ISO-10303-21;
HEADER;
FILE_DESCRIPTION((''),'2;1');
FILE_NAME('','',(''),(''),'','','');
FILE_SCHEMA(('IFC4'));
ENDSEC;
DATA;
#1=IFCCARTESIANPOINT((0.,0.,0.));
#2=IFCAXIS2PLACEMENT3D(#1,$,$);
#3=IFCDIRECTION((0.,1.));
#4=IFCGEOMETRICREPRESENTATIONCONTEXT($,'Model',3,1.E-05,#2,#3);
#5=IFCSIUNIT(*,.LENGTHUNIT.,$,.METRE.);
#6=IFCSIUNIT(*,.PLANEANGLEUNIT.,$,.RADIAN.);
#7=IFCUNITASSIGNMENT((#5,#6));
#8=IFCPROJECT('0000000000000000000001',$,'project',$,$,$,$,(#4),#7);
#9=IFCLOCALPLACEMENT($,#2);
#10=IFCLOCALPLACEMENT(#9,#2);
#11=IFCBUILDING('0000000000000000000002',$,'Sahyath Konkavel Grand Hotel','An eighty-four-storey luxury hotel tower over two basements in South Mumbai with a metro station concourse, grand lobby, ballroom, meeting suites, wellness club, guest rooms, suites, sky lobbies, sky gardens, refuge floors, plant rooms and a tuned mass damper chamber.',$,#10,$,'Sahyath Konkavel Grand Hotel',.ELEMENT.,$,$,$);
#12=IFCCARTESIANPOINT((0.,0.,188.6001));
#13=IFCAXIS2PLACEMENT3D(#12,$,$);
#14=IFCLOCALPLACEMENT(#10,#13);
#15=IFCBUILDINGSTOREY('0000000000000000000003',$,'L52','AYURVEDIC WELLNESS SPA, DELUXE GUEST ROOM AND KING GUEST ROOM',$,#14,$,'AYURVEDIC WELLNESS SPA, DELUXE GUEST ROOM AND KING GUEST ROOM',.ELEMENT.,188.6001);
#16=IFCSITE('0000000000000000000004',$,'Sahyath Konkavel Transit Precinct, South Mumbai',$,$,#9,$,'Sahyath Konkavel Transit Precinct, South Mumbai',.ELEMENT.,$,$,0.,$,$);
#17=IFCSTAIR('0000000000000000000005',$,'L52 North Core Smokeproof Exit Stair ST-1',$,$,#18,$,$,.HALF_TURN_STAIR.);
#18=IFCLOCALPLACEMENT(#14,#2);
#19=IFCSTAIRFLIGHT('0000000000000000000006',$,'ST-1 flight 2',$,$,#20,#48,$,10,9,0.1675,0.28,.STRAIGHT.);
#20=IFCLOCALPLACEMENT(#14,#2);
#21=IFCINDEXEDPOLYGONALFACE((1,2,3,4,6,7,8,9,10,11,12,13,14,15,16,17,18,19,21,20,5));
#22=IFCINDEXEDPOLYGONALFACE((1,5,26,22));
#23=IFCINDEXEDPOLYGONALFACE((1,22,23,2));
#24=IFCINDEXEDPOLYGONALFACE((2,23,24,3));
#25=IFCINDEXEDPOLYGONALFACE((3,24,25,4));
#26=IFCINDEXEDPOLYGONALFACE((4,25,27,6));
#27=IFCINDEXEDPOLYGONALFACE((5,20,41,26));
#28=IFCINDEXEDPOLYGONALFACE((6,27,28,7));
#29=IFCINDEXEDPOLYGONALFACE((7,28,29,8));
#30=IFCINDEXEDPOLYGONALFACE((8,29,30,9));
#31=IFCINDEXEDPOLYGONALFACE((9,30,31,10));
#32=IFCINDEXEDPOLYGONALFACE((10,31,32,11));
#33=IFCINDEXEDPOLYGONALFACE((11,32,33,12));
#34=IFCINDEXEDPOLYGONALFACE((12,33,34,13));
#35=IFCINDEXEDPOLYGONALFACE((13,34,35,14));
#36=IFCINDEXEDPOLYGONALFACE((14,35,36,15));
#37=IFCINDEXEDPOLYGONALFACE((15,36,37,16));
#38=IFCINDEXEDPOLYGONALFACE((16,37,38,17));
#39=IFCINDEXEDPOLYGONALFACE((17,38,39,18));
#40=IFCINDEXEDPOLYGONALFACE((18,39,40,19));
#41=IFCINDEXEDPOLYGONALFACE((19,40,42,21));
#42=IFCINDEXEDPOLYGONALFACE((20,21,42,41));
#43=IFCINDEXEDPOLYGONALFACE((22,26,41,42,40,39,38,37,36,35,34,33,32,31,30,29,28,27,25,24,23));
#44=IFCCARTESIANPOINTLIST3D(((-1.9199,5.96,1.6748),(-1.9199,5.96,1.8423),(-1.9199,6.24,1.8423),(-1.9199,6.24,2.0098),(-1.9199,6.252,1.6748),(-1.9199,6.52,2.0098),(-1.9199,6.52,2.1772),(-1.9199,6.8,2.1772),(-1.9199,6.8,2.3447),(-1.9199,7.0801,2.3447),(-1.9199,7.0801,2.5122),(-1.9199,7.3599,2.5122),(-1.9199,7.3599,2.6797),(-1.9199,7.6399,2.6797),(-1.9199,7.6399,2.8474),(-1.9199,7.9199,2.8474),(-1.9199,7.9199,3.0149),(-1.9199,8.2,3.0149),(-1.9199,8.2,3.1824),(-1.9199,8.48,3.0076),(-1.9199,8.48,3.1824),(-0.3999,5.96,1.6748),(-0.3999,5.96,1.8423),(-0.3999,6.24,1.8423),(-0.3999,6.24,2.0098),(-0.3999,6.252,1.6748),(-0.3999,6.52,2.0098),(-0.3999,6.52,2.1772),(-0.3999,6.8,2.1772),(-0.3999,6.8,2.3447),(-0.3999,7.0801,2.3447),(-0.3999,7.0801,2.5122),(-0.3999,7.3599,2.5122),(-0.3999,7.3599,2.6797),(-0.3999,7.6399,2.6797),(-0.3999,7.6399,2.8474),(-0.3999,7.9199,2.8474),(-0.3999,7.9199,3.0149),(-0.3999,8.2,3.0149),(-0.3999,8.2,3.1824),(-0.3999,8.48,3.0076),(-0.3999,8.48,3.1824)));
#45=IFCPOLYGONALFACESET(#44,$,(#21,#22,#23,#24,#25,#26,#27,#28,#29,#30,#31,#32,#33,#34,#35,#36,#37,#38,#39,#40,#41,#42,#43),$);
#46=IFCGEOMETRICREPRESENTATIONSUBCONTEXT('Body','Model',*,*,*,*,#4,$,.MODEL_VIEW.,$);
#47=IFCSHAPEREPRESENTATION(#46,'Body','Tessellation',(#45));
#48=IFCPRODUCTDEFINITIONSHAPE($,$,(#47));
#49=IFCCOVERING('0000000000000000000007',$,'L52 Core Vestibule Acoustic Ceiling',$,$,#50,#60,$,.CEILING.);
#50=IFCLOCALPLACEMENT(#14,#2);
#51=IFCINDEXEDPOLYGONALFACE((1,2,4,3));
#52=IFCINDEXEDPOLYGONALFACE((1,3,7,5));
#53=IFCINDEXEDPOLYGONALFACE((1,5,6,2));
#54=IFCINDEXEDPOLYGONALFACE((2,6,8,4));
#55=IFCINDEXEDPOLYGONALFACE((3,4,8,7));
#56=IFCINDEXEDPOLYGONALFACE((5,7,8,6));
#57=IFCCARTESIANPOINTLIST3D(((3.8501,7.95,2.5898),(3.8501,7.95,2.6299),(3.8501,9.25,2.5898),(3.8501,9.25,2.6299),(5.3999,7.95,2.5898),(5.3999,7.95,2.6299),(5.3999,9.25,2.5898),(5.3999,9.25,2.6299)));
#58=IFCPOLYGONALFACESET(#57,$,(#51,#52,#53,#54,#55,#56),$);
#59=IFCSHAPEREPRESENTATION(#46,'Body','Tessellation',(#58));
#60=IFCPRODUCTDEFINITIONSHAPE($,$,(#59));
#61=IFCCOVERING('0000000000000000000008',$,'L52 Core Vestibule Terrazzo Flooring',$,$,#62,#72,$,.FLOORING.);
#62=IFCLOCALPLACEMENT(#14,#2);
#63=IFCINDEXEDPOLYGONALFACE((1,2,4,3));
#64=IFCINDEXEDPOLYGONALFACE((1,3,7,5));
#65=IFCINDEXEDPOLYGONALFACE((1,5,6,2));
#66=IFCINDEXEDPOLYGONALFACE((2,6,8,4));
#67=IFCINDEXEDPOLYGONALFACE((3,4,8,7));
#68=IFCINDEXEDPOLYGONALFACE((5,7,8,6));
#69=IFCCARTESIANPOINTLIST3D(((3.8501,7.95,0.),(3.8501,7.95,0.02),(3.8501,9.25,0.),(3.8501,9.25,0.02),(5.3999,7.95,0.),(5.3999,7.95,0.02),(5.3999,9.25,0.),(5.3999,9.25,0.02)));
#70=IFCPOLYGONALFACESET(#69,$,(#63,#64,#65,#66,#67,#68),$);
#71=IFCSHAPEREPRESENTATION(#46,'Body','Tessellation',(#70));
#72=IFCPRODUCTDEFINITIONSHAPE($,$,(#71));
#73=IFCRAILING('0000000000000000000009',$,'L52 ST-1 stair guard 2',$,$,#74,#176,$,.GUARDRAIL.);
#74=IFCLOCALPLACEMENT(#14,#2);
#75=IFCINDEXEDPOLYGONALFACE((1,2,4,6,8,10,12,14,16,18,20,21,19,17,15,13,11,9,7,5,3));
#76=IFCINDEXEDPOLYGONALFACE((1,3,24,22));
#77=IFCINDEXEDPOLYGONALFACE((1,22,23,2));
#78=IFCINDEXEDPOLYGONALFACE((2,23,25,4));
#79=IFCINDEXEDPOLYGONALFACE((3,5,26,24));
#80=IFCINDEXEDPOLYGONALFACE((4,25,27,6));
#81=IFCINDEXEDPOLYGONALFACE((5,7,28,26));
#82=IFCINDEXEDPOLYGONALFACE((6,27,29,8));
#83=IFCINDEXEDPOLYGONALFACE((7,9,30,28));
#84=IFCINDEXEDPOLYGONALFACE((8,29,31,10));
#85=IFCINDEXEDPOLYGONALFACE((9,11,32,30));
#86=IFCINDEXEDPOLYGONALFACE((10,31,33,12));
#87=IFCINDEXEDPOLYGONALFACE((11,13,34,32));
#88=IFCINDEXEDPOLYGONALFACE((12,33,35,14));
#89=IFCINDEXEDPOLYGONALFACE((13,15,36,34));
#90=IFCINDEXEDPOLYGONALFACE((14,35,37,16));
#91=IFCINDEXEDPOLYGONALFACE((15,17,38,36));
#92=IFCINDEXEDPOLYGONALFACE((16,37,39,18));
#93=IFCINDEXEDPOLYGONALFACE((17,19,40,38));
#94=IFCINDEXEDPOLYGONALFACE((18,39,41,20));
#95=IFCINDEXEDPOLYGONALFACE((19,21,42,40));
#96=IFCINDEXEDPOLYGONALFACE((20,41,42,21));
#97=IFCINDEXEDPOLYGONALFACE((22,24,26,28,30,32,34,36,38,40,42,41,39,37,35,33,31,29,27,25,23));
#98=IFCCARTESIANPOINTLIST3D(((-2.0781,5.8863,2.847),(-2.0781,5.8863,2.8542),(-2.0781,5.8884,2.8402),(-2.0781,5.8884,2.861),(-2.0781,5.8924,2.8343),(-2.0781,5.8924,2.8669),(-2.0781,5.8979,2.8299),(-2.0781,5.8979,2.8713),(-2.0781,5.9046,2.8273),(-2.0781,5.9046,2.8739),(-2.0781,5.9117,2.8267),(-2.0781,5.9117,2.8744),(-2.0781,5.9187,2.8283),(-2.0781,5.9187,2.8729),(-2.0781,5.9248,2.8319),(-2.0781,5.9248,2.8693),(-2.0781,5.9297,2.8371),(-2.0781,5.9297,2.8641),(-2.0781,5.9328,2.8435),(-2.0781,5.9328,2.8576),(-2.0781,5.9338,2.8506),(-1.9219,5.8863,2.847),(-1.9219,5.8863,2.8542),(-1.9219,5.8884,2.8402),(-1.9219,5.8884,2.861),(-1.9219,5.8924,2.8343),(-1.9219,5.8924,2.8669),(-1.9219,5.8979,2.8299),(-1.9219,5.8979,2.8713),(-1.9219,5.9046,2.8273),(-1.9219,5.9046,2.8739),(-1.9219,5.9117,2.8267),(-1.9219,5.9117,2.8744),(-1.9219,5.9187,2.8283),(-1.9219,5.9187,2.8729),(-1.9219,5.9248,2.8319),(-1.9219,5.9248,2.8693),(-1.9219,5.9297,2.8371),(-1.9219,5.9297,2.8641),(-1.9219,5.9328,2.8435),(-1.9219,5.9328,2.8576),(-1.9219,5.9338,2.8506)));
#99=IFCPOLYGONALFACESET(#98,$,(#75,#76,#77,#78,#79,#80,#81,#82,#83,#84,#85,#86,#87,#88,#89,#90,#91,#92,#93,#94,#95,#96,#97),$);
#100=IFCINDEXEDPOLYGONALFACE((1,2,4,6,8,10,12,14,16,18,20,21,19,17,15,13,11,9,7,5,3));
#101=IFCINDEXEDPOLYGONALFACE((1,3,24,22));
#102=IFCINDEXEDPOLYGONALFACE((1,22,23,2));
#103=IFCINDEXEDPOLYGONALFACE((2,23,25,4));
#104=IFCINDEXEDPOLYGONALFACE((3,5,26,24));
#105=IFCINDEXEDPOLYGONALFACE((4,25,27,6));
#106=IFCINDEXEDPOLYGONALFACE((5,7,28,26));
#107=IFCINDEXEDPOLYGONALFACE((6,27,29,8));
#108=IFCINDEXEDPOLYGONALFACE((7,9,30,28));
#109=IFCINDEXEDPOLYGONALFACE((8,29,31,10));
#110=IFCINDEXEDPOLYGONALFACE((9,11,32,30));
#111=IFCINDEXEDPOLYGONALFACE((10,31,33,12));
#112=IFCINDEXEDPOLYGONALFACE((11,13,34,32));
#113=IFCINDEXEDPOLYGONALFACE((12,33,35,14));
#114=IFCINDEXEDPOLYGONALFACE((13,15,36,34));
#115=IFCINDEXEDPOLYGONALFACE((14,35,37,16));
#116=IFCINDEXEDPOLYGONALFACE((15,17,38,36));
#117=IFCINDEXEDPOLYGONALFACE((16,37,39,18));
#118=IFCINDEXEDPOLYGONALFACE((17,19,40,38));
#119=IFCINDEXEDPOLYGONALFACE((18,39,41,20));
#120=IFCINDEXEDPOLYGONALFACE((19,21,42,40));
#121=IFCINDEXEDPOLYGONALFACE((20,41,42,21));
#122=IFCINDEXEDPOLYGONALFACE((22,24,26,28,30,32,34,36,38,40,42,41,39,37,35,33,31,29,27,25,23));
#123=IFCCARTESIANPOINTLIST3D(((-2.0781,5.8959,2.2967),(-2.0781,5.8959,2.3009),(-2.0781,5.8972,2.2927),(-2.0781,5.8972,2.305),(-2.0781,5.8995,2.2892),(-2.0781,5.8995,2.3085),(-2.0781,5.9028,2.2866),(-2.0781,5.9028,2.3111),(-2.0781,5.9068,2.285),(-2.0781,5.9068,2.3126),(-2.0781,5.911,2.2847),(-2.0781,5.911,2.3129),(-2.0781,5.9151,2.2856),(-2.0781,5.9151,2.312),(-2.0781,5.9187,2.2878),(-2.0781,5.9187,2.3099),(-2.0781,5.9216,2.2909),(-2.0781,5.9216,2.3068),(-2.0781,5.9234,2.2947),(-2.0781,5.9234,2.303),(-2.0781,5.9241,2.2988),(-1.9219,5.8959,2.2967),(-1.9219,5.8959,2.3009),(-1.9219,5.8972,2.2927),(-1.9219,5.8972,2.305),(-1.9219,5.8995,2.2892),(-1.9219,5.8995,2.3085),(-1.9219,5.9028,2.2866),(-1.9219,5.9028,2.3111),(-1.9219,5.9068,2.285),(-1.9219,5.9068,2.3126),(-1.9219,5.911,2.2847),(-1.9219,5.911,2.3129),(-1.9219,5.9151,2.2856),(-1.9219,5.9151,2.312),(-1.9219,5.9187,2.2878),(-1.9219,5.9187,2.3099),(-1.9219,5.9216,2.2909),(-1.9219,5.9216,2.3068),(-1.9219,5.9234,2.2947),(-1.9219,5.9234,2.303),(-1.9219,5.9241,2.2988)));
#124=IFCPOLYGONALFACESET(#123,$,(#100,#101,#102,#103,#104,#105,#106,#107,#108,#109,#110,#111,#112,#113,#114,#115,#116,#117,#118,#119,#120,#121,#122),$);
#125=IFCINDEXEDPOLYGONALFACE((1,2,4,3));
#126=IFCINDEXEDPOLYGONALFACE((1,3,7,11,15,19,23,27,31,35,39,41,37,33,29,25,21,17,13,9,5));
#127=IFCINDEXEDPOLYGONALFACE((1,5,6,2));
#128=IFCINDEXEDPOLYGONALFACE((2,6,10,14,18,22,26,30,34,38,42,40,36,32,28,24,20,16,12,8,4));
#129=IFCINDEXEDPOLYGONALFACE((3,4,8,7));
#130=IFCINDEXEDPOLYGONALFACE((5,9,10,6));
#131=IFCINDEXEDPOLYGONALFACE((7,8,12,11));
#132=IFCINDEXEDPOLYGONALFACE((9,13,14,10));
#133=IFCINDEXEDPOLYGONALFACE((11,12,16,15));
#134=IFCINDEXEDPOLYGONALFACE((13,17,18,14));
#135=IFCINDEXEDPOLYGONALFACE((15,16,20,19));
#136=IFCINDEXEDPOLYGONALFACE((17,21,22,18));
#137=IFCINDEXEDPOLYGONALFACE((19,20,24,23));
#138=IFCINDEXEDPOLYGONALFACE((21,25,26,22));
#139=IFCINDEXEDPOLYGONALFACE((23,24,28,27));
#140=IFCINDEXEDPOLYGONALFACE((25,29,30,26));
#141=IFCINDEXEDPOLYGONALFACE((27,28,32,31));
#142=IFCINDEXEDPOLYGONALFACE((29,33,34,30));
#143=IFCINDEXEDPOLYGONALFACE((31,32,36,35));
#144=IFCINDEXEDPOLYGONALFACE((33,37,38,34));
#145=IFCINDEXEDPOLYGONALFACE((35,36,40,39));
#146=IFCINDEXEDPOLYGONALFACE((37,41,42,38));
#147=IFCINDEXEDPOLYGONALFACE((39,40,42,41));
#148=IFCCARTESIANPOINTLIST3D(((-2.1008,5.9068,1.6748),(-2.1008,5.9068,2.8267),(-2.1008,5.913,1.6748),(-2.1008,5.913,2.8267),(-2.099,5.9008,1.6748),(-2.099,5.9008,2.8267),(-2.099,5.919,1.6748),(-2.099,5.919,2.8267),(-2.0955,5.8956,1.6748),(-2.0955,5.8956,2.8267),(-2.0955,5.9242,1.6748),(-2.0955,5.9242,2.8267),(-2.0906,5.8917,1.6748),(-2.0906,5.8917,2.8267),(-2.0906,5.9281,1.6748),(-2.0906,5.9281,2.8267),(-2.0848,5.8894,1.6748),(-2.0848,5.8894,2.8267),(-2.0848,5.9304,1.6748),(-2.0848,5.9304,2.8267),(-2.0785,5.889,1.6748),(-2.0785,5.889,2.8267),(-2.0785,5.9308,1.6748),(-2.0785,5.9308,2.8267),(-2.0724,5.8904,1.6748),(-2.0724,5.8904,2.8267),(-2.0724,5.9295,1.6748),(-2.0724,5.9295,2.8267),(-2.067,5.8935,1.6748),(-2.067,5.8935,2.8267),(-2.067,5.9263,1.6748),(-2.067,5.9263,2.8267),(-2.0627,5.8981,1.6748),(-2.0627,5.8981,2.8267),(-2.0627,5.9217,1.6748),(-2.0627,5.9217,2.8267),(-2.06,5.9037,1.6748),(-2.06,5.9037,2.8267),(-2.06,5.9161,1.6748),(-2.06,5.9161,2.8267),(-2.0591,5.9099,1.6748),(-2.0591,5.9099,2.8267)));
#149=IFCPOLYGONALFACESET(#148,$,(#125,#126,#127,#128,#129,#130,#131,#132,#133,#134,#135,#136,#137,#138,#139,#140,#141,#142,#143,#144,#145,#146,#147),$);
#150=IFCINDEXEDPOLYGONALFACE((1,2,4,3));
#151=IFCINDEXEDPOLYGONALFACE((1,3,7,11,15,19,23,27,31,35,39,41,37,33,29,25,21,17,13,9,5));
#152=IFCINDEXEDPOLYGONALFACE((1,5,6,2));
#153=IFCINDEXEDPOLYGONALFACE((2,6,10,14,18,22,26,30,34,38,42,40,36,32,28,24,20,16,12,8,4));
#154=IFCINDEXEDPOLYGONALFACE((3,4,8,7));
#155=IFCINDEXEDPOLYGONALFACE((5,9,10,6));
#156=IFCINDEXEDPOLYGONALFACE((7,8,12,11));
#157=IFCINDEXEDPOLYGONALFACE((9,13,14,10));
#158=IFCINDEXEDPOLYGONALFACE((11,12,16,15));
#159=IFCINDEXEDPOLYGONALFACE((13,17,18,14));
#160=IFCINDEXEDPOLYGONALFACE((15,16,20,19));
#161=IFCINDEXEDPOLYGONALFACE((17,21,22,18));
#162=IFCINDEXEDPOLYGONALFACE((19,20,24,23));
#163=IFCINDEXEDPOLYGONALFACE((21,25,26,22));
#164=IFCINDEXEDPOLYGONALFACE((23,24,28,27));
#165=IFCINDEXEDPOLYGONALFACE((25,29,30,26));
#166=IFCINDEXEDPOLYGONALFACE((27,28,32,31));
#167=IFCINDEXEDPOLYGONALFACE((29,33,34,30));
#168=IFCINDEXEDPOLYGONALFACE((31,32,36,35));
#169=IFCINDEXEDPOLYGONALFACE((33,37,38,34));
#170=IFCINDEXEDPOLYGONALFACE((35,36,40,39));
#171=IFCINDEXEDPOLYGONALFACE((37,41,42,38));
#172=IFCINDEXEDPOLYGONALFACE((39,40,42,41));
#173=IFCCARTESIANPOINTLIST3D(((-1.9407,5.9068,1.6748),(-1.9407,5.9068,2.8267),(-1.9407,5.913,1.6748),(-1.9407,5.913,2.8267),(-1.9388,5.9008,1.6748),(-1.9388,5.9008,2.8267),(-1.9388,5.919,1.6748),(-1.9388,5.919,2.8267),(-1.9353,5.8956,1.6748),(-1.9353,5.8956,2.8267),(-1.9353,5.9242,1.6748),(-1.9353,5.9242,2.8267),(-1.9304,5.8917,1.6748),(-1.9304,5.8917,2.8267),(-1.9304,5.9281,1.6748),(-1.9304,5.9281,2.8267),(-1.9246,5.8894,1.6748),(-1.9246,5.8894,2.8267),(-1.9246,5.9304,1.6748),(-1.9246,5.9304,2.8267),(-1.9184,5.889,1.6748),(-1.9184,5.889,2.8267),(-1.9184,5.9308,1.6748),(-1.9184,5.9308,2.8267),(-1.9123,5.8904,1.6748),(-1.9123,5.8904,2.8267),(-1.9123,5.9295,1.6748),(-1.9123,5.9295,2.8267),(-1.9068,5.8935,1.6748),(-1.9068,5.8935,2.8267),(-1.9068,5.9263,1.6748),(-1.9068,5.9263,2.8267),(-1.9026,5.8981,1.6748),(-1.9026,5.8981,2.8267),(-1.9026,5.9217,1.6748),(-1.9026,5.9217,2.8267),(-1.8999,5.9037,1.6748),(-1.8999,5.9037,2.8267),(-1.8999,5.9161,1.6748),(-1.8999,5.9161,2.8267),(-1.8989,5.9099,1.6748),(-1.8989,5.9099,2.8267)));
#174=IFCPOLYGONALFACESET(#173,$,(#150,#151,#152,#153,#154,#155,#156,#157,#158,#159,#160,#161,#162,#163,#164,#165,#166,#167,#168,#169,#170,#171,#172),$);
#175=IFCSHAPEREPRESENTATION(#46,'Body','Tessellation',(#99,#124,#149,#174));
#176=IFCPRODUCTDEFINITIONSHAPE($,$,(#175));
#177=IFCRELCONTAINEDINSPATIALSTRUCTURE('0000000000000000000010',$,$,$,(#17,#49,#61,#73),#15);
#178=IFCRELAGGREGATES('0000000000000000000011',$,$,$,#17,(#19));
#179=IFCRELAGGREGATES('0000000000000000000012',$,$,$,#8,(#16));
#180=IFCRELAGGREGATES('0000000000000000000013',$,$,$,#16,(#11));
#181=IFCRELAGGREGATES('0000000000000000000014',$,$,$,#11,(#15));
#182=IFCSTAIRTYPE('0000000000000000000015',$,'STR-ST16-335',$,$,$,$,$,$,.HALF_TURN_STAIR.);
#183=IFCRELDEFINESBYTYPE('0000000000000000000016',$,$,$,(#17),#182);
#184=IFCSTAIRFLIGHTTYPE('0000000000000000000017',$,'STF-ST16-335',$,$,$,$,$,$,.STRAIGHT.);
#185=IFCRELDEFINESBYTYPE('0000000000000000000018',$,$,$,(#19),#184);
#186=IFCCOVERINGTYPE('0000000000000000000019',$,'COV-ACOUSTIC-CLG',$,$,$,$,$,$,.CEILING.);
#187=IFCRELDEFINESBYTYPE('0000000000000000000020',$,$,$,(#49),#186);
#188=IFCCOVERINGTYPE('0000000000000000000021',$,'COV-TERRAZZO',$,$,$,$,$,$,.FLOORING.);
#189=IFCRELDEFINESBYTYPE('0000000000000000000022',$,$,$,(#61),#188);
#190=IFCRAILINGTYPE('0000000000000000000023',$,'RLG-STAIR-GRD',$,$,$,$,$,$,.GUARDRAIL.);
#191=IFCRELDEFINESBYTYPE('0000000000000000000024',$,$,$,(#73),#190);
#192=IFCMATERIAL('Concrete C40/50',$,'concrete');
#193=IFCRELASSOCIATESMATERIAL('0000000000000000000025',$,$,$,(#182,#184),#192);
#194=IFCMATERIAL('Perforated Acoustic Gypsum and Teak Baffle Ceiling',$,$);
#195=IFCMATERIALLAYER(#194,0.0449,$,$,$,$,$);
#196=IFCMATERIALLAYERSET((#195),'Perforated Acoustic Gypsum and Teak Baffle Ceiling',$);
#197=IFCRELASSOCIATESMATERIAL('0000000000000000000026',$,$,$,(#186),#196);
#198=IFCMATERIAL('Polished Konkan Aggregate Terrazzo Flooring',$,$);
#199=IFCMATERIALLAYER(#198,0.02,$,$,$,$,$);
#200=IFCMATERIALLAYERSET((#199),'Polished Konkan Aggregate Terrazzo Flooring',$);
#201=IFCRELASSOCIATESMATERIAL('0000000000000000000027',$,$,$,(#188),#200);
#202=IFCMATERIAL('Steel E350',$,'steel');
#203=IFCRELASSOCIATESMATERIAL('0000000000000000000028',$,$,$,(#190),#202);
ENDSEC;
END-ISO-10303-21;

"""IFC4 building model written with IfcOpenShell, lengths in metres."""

from ifc_helpers import new_model, si_unit, direction, frame, origin, origin_2d, place, context, subcontext, project, spatial, polyline, circle, outline, extrude, material, layer, layer_set, type_object, element, aggregate, save


model = new_model("IFC4")

# Units and contexts
model_context = context("Model", 3, precision=1e-05, world=origin(), true_north=direction((0.0, 1.0)))
body_context = subcontext(model_context, "Body", "Model", "MODEL_VIEW")
ifc_project = project(units=[si_unit("LENGTHUNIT", "METRE"), si_unit("PLANEANGLEUNIT", "RADIAN")], contexts=[model_context])

# Site, building, storey
site_placement = place(None, origin())
site = spatial("IfcSite", under=ifc_project, at=site_placement, Name="Sahyath Konkavel Transit Precinct, South Mumbai", LongName="Sahyath Konkavel Transit Precinct, South Mumbai", CompositionType="ELEMENT", RefElevation=0.0)
building_placement = place(site_placement, origin())
building = spatial("IfcBuilding", under=site, at=building_placement, Name="Sahyath Konkavel Grand Hotel", Description="An eighty-four-storey luxury hotel tower over two basements in South Mumbai with a metro station concourse, grand lobby, ballroom, meeting suites, wellness club, guest rooms, suites, sky lobbies, sky gardens, refuge floors, plant rooms and a tuned mass damper chamber.", LongName="Sahyath Konkavel Grand Hotel", CompositionType="ELEMENT")
storey_placement = place(building_placement, frame((0.0, 0.0, 188.6001)))
storey = spatial("IfcBuildingStorey", under=building, at=storey_placement, Name="L52", Description="AYURVEDIC WELLNESS SPA, DELUXE GUEST ROOM AND KING GUEST ROOM", LongName="AYURVEDIC WELLNESS SPA, DELUXE GUEST ROOM AND KING GUEST ROOM", CompositionType="ELEMENT", Elevation=188.6001)

# Shared definitions
ifc_material_1 = material(Name="Steel E350", Category="steel")

# Shared definitions
ifc_material_2 = material(Name="Concrete C40/50", Category="concrete")

# Stair, stair flight
stair_type = type_object("IfcStairType", Name="STR-ST16-335", PredefinedType="HALF_TURN_STAIR", material=ifc_material_2)
stair_placement = place(storey_placement, origin())
stair = element("IfcStair", 1, at=stair_placement, inside=storey, type_object=stair_type, Name="L52 North Core Smokeproof Exit Stair ST-1", PredefinedType="HALF_TURN_STAIR")
stair_flight_type = type_object("IfcStairFlightType", Name="STF-ST16-335", PredefinedType="STRAIGHT", material=ifc_material_2)
stair_flight_placement = place(storey_placement, frame((-1.1599, 5.96, 1.6748), z_axis=(0.0, 0.0, 1.0), x_axis=(0.0, 1.0, 0.0)))
stair_flight = element("IfcStairFlight", 2, at=stair_flight_placement, type_object=stair_flight_type, Name="ST-1 flight 2", NumberOfRisers=10, NumberOfTreads=9, PredefinedType="STRAIGHT", RiserHeight=0.1675, TreadLength=0.28, context=body_context, shape_type="SweptSolid", body=[
    extrude(outline(polyline([(0.0, 0.0), (0.0, 0.1675), (0.28, 0.1675), (0.28, 0.335), (0.5601, 0.335), (0.5601, 0.5024), (0.8401, 0.5024), (0.8401, 0.6699), (1.1201, 0.6699), (1.1201, 0.8374), (1.3999, 0.8374), (1.3999, 1.0049), (1.6799, 1.0049), (1.6799, 1.1726), (1.96, 1.1726), (1.96, 1.3401), (2.24, 1.3401), (2.24, 1.5076), (2.52, 1.5076), (2.52, 1.675), (2.52, 1.3328), (0.292, 0.0), (0.0, 0.0)])), frame((0.0, 0.76, 0.0), z_axis=(0.0, -1.0, 0.0), x_axis=(1.0, 0.0, 0.0)), (0.0, 0.0, 1.0), 1.52),
])
aggregate(stair, [stair_flight])

# Coverings
ifc_material_3 = material(Name="Perforated Acoustic Gypsum and Teak Baffle Ceiling")
ifc_layer_1 = layer(ifc_material_3, 0.0449)
ifc_layer_set_1 = layer_set([ifc_layer_1], Name="Perforated Acoustic Gypsum and Teak Baffle Ceiling")
covering_type_1 = type_object("IfcCoveringType", Name="COV-ACOUSTIC-CLG", PredefinedType="CEILING", material=ifc_layer_set_1)
covering_1_placement = place(storey_placement, frame((0.0, 0.0, 2.5898)))
element("IfcCovering", 3, at=covering_1_placement, inside=storey, type_object=covering_type_1, Name="L52 Core Vestibule Acoustic Ceiling", PredefinedType="CEILING", context=body_context, shape_type="SweptSolid", body=[
    extrude(outline(polyline([(3.8501, 7.95), (5.3999, 7.95), (5.3999, 9.25), (3.8501, 9.25), (3.8501, 7.95)])), origin(), (0.0, 0.0, 1.0), 0.04),
])
ifc_material_4 = material(Name="Polished Konkan Aggregate Terrazzo Flooring")
ifc_layer_2 = layer(ifc_material_4, 0.02)
ifc_layer_set_2 = layer_set([ifc_layer_2], Name="Polished Konkan Aggregate Terrazzo Flooring")
covering_type_2 = type_object("IfcCoveringType", Name="COV-TERRAZZO", PredefinedType="FLOORING", material=ifc_layer_set_2)
covering_2_placement = place(storey_placement, origin())
element("IfcCovering", 4, at=covering_2_placement, inside=storey, type_object=covering_type_2, Name="L52 Core Vestibule Terrazzo Flooring", PredefinedType="FLOORING", context=body_context, shape_type="SweptSolid", body=[
    extrude(outline(polyline([(3.8501, 7.95), (5.3999, 7.95), (5.3999, 9.25), (3.8501, 9.25), (3.8501, 7.95)])), origin(), (0.0, 0.0, 1.0), 0.02),
])

# Railing
railing_type = type_object("IfcRailingType", Name="RLG-STAIR-GRD", PredefinedType="GUARDRAIL", material=ifc_material_1)
railing_1_placement = place(storey_placement, frame((-2.0801, 5.9099, 1.6748)))
element("IfcRailing", 5, at=railing_1_placement, inside=storey, type_object=railing_type, Name="L52 ST-1 stair guard 2", PredefinedType="GUARDRAIL", context=body_context, shape_type="SweptSolid", body=[
    extrude(circle(Radius=0.0239, at=origin_2d()), frame((0.002, 0.0, 1.1758), z_axis=(1.0, 0.0, 0.0), x_axis=(0.0, 1.0, 0.0)), (0.0, 0.0, 1.0), 0.1562),
    extrude(circle(Radius=0.0142, at=origin_2d()), frame((0.002, 0.0, 0.624), z_axis=(1.0, 0.0, 0.0), x_axis=(0.0, 1.0, 0.0)), (0.0, 0.0, 1.0), 0.1562),
    extrude(circle(Radius=0.021, at=origin_2d()), origin(), (0.0, 0.0, 1.0), 1.1519),
    extrude(circle(Radius=0.021, at=origin_2d()), frame((0.1602, 0.0, 0.0)), (0.0, 0.0, 1.0), 1.1519),
])

save(model, "model.ifc")
